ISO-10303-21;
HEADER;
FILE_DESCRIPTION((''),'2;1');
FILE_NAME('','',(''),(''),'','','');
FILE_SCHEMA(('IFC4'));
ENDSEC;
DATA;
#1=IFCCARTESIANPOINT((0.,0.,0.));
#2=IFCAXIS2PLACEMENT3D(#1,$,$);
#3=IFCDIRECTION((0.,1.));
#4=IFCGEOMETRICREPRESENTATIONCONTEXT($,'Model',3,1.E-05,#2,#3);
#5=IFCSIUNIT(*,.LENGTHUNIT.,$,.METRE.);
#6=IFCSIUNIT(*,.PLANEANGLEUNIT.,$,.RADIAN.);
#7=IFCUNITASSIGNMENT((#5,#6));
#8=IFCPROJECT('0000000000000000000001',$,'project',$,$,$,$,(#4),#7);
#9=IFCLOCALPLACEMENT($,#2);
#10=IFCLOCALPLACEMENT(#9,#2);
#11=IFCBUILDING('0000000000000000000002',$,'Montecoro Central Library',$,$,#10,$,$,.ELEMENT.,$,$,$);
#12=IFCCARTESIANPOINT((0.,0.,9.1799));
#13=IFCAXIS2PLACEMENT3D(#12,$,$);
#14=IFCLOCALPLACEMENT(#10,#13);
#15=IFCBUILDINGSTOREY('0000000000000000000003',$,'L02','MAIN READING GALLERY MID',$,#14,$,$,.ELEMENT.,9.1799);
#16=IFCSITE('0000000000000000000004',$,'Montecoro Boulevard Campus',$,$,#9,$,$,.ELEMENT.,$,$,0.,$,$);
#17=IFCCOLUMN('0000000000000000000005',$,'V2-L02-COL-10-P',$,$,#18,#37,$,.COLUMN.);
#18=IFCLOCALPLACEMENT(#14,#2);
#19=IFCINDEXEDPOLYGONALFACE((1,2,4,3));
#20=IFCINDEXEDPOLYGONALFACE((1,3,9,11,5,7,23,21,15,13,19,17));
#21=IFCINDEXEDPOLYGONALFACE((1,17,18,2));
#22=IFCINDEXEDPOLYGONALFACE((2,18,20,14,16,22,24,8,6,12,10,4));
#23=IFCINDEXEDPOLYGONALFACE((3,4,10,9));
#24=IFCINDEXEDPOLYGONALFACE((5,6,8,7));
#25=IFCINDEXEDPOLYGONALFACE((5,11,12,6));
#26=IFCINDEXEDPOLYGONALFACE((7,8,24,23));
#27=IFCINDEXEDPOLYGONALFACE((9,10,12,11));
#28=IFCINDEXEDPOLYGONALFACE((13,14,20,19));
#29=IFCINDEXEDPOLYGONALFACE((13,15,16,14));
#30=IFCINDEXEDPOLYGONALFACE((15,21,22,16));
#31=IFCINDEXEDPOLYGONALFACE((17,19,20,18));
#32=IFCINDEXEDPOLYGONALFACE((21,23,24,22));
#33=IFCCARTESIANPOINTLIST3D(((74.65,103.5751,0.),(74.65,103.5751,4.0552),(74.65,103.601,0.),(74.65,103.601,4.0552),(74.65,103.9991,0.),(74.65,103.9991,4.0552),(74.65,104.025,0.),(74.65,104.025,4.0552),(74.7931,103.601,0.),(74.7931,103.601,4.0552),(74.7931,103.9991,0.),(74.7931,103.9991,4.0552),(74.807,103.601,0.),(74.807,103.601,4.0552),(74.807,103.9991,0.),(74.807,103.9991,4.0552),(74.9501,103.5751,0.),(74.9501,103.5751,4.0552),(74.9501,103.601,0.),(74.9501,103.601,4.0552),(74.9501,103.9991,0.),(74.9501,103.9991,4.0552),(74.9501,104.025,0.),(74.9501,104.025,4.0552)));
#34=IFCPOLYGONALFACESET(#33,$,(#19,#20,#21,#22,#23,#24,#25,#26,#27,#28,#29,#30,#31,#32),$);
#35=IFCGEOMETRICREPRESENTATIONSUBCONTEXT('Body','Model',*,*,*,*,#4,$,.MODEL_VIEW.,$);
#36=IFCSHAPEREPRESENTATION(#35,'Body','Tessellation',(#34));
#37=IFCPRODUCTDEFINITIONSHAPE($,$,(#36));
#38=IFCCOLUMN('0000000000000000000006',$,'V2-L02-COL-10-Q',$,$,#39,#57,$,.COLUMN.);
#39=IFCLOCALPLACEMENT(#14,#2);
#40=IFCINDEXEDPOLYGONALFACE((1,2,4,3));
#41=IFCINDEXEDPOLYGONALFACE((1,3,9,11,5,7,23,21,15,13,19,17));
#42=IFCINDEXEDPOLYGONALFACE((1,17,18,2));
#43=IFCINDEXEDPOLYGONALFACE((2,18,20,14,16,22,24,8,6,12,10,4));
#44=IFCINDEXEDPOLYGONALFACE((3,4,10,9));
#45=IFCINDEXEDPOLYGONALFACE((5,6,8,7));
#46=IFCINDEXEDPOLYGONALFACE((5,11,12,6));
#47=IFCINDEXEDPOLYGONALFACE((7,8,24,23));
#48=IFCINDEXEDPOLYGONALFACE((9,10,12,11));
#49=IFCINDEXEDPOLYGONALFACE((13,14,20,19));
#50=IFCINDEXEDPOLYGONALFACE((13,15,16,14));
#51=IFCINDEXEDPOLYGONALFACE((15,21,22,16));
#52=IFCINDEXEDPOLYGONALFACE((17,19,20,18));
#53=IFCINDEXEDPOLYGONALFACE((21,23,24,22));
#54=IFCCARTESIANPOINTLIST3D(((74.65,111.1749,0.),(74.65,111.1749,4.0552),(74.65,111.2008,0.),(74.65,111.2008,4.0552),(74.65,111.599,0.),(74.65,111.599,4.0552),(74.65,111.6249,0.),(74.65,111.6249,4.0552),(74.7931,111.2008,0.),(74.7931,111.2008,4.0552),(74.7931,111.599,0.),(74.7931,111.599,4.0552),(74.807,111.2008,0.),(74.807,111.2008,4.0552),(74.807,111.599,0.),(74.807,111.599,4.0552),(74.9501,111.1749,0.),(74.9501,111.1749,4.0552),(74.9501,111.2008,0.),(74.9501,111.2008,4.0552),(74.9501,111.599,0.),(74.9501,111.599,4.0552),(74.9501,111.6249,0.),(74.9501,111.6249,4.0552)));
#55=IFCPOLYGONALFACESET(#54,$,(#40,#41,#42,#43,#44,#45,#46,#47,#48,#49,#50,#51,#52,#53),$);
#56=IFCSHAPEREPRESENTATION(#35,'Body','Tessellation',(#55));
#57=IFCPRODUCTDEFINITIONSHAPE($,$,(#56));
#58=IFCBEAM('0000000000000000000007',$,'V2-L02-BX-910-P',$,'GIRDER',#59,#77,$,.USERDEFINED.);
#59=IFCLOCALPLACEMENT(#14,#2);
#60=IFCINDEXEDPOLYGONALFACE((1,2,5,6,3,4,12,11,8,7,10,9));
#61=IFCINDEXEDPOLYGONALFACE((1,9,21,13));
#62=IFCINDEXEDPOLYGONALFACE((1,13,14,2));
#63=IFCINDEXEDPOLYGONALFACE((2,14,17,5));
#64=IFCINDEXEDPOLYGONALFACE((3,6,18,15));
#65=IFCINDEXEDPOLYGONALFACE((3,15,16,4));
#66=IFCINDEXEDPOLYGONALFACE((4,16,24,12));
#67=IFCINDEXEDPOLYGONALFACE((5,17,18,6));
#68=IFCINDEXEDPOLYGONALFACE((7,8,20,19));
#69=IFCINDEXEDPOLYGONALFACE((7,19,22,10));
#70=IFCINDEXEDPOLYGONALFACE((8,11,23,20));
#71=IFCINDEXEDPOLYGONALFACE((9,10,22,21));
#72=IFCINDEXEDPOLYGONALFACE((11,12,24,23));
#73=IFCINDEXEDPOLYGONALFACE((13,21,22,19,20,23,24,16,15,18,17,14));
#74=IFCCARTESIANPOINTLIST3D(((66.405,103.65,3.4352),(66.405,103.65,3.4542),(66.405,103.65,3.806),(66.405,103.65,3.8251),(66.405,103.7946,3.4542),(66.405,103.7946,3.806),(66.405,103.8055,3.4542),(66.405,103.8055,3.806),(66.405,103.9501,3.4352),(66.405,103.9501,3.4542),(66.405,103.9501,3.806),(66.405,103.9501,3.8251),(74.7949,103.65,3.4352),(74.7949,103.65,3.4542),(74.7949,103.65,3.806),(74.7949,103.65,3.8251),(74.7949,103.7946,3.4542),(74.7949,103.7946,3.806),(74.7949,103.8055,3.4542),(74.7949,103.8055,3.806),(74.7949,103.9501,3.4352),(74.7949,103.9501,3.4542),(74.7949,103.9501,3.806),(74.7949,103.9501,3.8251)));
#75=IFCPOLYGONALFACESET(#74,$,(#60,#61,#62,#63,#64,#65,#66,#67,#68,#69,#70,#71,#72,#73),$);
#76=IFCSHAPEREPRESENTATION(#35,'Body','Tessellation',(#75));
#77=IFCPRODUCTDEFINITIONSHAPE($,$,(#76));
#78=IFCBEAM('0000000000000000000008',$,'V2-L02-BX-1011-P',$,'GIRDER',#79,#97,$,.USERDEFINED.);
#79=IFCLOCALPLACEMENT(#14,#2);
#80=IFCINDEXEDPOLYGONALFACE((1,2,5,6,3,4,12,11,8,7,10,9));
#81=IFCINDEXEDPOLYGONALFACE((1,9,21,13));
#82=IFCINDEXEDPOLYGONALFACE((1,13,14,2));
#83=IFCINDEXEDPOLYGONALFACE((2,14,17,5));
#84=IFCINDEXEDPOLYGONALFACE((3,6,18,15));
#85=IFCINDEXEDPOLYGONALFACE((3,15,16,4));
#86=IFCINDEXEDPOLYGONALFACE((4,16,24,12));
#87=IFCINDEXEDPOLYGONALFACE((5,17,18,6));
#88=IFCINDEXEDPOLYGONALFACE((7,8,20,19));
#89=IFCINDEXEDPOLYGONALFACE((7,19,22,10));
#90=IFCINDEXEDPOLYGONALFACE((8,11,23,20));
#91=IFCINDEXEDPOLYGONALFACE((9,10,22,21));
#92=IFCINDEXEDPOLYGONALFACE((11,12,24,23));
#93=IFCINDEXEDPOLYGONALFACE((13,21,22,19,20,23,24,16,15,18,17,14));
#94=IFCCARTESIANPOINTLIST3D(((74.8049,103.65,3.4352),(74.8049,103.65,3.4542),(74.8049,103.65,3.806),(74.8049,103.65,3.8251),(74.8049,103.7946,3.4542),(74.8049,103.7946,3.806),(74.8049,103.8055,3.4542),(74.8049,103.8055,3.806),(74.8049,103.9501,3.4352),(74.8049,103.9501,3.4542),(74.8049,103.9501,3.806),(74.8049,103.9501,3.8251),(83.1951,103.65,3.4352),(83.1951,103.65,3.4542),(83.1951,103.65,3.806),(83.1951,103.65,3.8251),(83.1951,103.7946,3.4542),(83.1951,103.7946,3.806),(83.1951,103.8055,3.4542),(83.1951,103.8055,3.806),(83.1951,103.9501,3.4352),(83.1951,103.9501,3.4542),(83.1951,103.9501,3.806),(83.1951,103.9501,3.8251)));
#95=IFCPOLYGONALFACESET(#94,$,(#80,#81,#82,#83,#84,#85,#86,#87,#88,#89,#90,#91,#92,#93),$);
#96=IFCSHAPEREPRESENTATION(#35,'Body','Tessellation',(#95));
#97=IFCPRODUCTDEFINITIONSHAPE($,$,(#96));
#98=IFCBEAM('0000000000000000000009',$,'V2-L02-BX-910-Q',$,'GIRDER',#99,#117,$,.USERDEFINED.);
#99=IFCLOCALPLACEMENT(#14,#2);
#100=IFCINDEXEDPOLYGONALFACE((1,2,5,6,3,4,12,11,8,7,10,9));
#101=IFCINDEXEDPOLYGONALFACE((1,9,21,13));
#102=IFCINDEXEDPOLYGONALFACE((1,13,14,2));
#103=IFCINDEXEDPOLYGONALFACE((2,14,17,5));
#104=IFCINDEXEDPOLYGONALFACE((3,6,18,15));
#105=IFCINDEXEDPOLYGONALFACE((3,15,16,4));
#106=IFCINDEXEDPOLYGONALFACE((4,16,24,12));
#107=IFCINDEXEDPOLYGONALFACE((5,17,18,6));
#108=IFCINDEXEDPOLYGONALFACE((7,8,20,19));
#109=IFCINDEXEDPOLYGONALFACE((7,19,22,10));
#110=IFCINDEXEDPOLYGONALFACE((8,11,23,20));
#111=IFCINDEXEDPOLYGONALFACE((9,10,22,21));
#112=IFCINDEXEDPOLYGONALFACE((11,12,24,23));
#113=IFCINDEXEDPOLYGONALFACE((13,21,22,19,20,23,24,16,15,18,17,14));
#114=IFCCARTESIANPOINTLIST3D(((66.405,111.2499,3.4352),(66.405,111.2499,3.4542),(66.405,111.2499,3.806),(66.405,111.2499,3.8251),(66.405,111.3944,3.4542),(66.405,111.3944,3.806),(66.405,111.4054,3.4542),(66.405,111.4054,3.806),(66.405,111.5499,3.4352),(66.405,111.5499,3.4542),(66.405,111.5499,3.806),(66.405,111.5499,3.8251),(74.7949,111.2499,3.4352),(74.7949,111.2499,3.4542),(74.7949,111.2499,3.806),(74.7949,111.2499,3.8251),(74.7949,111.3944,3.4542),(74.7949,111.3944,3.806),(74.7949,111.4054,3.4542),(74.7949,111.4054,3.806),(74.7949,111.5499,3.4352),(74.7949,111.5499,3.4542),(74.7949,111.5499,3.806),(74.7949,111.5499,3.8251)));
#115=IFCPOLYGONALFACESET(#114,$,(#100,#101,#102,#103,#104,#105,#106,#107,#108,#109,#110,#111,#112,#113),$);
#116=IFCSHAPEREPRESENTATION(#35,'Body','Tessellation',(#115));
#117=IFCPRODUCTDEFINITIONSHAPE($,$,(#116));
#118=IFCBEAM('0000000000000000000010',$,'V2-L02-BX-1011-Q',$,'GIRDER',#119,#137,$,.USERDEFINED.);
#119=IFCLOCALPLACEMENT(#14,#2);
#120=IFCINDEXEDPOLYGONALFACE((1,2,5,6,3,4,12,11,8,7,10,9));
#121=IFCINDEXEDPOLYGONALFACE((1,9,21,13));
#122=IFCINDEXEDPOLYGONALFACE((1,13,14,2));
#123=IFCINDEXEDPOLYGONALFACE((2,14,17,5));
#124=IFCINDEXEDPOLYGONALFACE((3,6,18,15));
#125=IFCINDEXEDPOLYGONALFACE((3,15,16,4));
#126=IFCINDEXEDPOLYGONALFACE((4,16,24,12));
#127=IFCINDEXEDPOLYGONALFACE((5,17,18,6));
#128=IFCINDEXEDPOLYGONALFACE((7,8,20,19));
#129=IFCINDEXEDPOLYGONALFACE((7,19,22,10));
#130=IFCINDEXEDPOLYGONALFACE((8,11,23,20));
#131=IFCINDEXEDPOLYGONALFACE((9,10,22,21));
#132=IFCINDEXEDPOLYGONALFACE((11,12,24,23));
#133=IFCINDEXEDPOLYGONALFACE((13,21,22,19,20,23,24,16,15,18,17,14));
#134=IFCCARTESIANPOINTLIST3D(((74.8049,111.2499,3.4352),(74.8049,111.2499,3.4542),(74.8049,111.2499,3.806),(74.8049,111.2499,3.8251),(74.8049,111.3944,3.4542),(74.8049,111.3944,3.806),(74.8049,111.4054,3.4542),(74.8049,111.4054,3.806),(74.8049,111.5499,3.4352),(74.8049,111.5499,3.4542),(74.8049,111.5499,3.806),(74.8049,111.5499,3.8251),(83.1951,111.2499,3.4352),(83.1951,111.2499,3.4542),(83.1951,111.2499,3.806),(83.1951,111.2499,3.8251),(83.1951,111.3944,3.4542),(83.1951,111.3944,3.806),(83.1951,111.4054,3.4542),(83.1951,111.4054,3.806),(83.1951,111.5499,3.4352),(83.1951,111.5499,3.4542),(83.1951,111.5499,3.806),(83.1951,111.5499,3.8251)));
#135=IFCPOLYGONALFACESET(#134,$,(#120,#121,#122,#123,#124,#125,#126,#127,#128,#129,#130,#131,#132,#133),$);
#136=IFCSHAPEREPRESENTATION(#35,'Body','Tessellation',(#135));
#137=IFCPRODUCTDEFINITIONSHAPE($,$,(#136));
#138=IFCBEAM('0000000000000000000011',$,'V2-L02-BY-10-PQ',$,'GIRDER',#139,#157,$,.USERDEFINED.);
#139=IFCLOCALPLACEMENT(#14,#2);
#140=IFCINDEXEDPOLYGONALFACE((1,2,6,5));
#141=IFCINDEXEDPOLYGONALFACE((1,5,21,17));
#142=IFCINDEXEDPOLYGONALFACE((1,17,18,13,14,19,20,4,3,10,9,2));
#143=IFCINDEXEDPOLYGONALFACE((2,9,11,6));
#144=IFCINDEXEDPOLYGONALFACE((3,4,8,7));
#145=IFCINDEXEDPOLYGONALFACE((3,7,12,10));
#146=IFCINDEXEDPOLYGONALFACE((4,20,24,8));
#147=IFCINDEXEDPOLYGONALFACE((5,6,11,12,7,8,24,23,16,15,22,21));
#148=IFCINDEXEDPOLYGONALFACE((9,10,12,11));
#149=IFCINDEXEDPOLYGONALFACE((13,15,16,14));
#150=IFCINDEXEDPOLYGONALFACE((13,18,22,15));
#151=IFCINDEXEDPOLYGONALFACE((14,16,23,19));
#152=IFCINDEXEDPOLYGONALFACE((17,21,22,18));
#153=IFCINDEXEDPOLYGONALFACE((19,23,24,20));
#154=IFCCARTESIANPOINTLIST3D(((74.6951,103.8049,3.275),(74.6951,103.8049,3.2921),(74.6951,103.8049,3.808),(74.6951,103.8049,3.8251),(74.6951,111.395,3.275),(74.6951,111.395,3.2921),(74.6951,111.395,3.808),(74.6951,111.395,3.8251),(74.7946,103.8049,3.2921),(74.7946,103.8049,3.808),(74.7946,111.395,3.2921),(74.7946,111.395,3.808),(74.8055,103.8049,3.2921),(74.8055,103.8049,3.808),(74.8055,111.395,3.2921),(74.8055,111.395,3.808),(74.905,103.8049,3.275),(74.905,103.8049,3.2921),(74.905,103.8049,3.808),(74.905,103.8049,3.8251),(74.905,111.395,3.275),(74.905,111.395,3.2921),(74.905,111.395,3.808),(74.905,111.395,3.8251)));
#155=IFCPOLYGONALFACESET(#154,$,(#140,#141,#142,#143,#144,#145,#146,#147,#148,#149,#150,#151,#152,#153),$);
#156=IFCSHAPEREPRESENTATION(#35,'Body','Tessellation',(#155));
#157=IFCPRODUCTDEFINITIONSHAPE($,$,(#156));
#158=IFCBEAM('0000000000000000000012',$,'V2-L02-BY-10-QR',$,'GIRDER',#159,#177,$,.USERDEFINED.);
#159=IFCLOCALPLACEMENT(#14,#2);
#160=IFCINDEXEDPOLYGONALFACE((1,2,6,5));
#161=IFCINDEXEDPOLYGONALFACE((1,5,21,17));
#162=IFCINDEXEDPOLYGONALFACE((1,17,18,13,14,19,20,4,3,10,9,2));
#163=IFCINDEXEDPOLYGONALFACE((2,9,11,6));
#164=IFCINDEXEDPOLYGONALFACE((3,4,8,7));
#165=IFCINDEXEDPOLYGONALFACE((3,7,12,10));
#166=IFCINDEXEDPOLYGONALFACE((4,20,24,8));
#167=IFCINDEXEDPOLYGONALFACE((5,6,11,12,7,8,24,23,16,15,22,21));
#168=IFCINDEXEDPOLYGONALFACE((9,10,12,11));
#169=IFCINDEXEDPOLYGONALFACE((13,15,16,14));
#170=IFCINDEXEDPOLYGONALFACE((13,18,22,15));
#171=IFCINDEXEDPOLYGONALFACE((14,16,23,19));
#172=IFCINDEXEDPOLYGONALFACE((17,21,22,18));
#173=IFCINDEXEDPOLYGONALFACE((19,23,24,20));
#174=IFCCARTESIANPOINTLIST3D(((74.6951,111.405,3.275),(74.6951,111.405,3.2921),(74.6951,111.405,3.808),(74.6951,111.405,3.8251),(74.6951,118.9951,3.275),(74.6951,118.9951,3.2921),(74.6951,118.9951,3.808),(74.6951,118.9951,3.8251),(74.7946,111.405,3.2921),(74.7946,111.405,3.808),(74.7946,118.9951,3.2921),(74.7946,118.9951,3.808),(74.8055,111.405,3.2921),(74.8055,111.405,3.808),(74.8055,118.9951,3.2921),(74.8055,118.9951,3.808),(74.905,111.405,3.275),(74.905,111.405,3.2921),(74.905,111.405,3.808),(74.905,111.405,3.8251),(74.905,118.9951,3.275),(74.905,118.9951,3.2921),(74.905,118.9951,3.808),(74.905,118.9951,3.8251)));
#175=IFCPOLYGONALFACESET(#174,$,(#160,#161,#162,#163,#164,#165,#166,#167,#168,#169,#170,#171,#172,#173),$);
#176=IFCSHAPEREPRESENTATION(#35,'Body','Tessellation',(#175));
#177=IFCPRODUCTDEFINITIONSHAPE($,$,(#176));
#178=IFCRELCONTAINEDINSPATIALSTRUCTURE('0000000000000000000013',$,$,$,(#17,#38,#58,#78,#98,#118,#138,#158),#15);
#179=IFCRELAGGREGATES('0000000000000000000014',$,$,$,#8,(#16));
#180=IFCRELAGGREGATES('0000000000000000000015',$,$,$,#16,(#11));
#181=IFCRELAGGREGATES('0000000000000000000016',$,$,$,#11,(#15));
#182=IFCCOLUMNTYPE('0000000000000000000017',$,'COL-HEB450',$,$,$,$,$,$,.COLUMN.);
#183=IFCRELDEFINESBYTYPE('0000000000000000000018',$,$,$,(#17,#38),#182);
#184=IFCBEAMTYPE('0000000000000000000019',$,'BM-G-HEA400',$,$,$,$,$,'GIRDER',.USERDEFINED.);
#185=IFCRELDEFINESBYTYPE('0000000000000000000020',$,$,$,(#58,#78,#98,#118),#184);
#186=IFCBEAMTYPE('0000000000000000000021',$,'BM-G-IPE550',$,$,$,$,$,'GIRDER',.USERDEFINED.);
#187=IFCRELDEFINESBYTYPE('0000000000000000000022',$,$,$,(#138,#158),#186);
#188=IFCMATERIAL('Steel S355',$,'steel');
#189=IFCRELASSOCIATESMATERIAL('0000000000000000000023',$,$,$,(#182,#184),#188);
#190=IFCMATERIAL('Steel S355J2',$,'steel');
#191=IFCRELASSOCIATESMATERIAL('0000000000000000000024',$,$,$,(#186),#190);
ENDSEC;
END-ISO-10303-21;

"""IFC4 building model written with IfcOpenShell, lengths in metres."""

from ifc_helpers import new_model, si_unit, direction, frame, origin, origin_2d, place, context, subcontext, project, spatial, i_section, extrude, material, material_profile, profile_set, type_object, element, save


model = new_model("IFC4")

# Units and contexts
model_context = context("Model", 3, precision=1e-05, world=origin(), true_north=direction((0.0, 1.0)))
body_context = subcontext(model_context, "Body", "Model", "MODEL_VIEW")
ifc_project = project(units=[si_unit("LENGTHUNIT", "METRE"), si_unit("PLANEANGLEUNIT", "RADIAN")], contexts=[model_context])

# Site, building, storey
site_placement = place(None, origin())
site = spatial("IfcSite", under=ifc_project, at=site_placement, Name="Montecoro Boulevard Campus", CompositionType="ELEMENT", RefElevation=0.0)
building_placement = place(site_placement, origin())
building = spatial("IfcBuilding", under=site, at=building_placement, Name="Montecoro Central Library", CompositionType="ELEMENT")
storey_placement = place(building_placement, frame((0.0, 0.0, 9.1799)))
storey = spatial("IfcBuildingStorey", under=building, at=storey_placement, Name="L02", Description="MAIN READING GALLERY MID", CompositionType="ELEMENT", Elevation=9.1799)

# Columns
ifc_material_1 = material(Name="Steel S355", Category="steel")
ifc_material_profile_1 = material_profile(ifc_material_1, i_section(OverallWidth=0.3, OverallDepth=0.45, WebThickness=0.0139, FlangeThickness=0.0259, at=origin_2d()), Name="HEB 450")
ifc_profile_set_1 = profile_set([ifc_material_profile_1], Name="Steel S355")
column_type = type_object("IfcColumnType", Name="COL-HEB450", PredefinedType="COLUMN", material=ifc_profile_set_1)
for number, where, z_axis, x_axis, name in (
    (1, (74.8, 103.8, 0.0), (0.0, 0.0, 1.0), (1.0, 0.0, 0.0), "V2-L02-COL-10-P"),
    (2, (74.8, 111.3999, 0.0), (0.0, 0.0, 1.0), (1.0, 0.0, 0.0), "V2-L02-COL-10-Q"),
):
    element("IfcColumn", number, at=place(storey_placement, frame(where, z_axis=z_axis, x_axis=x_axis)), inside=storey, type_object=column_type, Name=name, PredefinedType="COLUMN", context=body_context, shape_type="SweptSolid", body=[
        extrude(i_section(OverallWidth=0.3, OverallDepth=0.45, WebThickness=0.0139, FlangeThickness=0.0259, at=origin_2d()), origin(), (0.0, 0.0, 1.0), 4.0552),
    ])

# Beams
ifc_material_profile_2 = material_profile(ifc_material_1, i_section(OverallWidth=0.3, OverallDepth=0.3899, WebThickness=0.011, FlangeThickness=0.019, at=origin_2d()), Name="HEA 400")
ifc_profile_set_2 = profile_set([ifc_material_profile_2], Name="Steel S355")
beam_type_1 = type_object("IfcBeamType", Name="BM-G-HEA400", ElementType="GIRDER", PredefinedType="USERDEFINED", material=ifc_profile_set_2)
beam_1_placement = place(storey_placement, frame((66.405, 103.8, 3.6301), z_axis=(1.0, 0.0, 0.0), x_axis=(0.0, 1.0, 0.0)))
element("IfcBeam", 3, at=beam_1_placement, inside=storey, type_object=beam_type_1, Name="V2-L02-BX-910-P", ObjectType="GIRDER", PredefinedType="USERDEFINED", context=body_context, shape_type="SweptSolid", body=[
    extrude(i_section(OverallWidth=0.3, OverallDepth=0.3899, WebThickness=0.011, FlangeThickness=0.019, at=origin_2d()), origin(), (0.0, 0.0, 1.0), 8.3899),
])
beam_2_placement = place(storey_placement, frame((74.8049, 103.8, 3.6301), z_axis=(1.0, 0.0, 0.0), x_axis=(0.0, 1.0, 0.0)))
element("IfcBeam", 4, at=beam_2_placement, inside=storey, type_object=beam_type_1, Name="V2-L02-BX-1011-P", ObjectType="GIRDER", PredefinedType="USERDEFINED", context=body_context, shape_type="SweptSolid", body=[
    extrude(i_section(OverallWidth=0.3, OverallDepth=0.3899, WebThickness=0.011, FlangeThickness=0.019, at=origin_2d()), origin(), (0.0, 0.0, 1.0), 8.3901),
])
beam_3_placement = place(storey_placement, frame((66.405, 111.3999, 3.6301), z_axis=(1.0, 0.0, 0.0), x_axis=(0.0, 1.0, 0.0)))
element("IfcBeam", 5, at=beam_3_placement, inside=storey, type_object=beam_type_1, Name="V2-L02-BX-910-Q", ObjectType="GIRDER", PredefinedType="USERDEFINED", context=body_context, shape_type="SweptSolid", body=[
    extrude(i_section(OverallWidth=0.3, OverallDepth=0.3899, WebThickness=0.011, FlangeThickness=0.019, at=origin_2d()), origin(), (0.0, 0.0, 1.0), 8.3899),
])
beam_4_placement = place(storey_placement, frame((74.8049, 111.3999, 3.6301), z_axis=(1.0, 0.0, 0.0), x_axis=(0.0, 1.0, 0.0)))
element("IfcBeam", 6, at=beam_4_placement, inside=storey, type_object=beam_type_1, Name="V2-L02-BX-1011-Q", ObjectType="GIRDER", PredefinedType="USERDEFINED", context=body_context, shape_type="SweptSolid", body=[
    extrude(i_section(OverallWidth=0.3, OverallDepth=0.3899, WebThickness=0.011, FlangeThickness=0.019, at=origin_2d()), origin(), (0.0, 0.0, 1.0), 8.3901),
])
ifc_material_2 = material(Name="Steel S355J2", Category="steel")
ifc_material_profile_3 = material_profile(ifc_material_2, i_section(OverallWidth=0.21, OverallDepth=0.55, WebThickness=0.011, FlangeThickness=0.0171, at=origin_2d()), Name="IPE 550")
ifc_profile_set_3 = profile_set([ifc_material_profile_3], Name="Steel S355J2")
beam_type_2 = type_object("IfcBeamType", Name="BM-G-IPE550", ElementType="GIRDER", PredefinedType="USERDEFINED", material=ifc_profile_set_3)
for number, where, z_axis, x_axis, name in (
    (7, (74.8, 103.8049, 3.55), (0.0, 1.0, 0.0), (-1.0, 0.0, 0.0), "V2-L02-BY-10-PQ"),
    (8, (74.8, 111.405, 3.55), (0.0, 1.0, 0.0), (-1.0, 0.0, 0.0), "V2-L02-BY-10-QR"),
):
    element("IfcBeam", number, at=place(storey_placement, frame(where, z_axis=z_axis, x_axis=x_axis)), inside=storey, type_object=beam_type_2, Name=name, ObjectType="GIRDER", PredefinedType="USERDEFINED", context=body_context, shape_type="SweptSolid", body=[
        extrude(i_section(OverallWidth=0.21, OverallDepth=0.55, WebThickness=0.011, FlangeThickness=0.0171, at=origin_2d()), origin(), (0.0, 0.0, 1.0), 7.5901),
    ])

save(model, "model.ifc")
